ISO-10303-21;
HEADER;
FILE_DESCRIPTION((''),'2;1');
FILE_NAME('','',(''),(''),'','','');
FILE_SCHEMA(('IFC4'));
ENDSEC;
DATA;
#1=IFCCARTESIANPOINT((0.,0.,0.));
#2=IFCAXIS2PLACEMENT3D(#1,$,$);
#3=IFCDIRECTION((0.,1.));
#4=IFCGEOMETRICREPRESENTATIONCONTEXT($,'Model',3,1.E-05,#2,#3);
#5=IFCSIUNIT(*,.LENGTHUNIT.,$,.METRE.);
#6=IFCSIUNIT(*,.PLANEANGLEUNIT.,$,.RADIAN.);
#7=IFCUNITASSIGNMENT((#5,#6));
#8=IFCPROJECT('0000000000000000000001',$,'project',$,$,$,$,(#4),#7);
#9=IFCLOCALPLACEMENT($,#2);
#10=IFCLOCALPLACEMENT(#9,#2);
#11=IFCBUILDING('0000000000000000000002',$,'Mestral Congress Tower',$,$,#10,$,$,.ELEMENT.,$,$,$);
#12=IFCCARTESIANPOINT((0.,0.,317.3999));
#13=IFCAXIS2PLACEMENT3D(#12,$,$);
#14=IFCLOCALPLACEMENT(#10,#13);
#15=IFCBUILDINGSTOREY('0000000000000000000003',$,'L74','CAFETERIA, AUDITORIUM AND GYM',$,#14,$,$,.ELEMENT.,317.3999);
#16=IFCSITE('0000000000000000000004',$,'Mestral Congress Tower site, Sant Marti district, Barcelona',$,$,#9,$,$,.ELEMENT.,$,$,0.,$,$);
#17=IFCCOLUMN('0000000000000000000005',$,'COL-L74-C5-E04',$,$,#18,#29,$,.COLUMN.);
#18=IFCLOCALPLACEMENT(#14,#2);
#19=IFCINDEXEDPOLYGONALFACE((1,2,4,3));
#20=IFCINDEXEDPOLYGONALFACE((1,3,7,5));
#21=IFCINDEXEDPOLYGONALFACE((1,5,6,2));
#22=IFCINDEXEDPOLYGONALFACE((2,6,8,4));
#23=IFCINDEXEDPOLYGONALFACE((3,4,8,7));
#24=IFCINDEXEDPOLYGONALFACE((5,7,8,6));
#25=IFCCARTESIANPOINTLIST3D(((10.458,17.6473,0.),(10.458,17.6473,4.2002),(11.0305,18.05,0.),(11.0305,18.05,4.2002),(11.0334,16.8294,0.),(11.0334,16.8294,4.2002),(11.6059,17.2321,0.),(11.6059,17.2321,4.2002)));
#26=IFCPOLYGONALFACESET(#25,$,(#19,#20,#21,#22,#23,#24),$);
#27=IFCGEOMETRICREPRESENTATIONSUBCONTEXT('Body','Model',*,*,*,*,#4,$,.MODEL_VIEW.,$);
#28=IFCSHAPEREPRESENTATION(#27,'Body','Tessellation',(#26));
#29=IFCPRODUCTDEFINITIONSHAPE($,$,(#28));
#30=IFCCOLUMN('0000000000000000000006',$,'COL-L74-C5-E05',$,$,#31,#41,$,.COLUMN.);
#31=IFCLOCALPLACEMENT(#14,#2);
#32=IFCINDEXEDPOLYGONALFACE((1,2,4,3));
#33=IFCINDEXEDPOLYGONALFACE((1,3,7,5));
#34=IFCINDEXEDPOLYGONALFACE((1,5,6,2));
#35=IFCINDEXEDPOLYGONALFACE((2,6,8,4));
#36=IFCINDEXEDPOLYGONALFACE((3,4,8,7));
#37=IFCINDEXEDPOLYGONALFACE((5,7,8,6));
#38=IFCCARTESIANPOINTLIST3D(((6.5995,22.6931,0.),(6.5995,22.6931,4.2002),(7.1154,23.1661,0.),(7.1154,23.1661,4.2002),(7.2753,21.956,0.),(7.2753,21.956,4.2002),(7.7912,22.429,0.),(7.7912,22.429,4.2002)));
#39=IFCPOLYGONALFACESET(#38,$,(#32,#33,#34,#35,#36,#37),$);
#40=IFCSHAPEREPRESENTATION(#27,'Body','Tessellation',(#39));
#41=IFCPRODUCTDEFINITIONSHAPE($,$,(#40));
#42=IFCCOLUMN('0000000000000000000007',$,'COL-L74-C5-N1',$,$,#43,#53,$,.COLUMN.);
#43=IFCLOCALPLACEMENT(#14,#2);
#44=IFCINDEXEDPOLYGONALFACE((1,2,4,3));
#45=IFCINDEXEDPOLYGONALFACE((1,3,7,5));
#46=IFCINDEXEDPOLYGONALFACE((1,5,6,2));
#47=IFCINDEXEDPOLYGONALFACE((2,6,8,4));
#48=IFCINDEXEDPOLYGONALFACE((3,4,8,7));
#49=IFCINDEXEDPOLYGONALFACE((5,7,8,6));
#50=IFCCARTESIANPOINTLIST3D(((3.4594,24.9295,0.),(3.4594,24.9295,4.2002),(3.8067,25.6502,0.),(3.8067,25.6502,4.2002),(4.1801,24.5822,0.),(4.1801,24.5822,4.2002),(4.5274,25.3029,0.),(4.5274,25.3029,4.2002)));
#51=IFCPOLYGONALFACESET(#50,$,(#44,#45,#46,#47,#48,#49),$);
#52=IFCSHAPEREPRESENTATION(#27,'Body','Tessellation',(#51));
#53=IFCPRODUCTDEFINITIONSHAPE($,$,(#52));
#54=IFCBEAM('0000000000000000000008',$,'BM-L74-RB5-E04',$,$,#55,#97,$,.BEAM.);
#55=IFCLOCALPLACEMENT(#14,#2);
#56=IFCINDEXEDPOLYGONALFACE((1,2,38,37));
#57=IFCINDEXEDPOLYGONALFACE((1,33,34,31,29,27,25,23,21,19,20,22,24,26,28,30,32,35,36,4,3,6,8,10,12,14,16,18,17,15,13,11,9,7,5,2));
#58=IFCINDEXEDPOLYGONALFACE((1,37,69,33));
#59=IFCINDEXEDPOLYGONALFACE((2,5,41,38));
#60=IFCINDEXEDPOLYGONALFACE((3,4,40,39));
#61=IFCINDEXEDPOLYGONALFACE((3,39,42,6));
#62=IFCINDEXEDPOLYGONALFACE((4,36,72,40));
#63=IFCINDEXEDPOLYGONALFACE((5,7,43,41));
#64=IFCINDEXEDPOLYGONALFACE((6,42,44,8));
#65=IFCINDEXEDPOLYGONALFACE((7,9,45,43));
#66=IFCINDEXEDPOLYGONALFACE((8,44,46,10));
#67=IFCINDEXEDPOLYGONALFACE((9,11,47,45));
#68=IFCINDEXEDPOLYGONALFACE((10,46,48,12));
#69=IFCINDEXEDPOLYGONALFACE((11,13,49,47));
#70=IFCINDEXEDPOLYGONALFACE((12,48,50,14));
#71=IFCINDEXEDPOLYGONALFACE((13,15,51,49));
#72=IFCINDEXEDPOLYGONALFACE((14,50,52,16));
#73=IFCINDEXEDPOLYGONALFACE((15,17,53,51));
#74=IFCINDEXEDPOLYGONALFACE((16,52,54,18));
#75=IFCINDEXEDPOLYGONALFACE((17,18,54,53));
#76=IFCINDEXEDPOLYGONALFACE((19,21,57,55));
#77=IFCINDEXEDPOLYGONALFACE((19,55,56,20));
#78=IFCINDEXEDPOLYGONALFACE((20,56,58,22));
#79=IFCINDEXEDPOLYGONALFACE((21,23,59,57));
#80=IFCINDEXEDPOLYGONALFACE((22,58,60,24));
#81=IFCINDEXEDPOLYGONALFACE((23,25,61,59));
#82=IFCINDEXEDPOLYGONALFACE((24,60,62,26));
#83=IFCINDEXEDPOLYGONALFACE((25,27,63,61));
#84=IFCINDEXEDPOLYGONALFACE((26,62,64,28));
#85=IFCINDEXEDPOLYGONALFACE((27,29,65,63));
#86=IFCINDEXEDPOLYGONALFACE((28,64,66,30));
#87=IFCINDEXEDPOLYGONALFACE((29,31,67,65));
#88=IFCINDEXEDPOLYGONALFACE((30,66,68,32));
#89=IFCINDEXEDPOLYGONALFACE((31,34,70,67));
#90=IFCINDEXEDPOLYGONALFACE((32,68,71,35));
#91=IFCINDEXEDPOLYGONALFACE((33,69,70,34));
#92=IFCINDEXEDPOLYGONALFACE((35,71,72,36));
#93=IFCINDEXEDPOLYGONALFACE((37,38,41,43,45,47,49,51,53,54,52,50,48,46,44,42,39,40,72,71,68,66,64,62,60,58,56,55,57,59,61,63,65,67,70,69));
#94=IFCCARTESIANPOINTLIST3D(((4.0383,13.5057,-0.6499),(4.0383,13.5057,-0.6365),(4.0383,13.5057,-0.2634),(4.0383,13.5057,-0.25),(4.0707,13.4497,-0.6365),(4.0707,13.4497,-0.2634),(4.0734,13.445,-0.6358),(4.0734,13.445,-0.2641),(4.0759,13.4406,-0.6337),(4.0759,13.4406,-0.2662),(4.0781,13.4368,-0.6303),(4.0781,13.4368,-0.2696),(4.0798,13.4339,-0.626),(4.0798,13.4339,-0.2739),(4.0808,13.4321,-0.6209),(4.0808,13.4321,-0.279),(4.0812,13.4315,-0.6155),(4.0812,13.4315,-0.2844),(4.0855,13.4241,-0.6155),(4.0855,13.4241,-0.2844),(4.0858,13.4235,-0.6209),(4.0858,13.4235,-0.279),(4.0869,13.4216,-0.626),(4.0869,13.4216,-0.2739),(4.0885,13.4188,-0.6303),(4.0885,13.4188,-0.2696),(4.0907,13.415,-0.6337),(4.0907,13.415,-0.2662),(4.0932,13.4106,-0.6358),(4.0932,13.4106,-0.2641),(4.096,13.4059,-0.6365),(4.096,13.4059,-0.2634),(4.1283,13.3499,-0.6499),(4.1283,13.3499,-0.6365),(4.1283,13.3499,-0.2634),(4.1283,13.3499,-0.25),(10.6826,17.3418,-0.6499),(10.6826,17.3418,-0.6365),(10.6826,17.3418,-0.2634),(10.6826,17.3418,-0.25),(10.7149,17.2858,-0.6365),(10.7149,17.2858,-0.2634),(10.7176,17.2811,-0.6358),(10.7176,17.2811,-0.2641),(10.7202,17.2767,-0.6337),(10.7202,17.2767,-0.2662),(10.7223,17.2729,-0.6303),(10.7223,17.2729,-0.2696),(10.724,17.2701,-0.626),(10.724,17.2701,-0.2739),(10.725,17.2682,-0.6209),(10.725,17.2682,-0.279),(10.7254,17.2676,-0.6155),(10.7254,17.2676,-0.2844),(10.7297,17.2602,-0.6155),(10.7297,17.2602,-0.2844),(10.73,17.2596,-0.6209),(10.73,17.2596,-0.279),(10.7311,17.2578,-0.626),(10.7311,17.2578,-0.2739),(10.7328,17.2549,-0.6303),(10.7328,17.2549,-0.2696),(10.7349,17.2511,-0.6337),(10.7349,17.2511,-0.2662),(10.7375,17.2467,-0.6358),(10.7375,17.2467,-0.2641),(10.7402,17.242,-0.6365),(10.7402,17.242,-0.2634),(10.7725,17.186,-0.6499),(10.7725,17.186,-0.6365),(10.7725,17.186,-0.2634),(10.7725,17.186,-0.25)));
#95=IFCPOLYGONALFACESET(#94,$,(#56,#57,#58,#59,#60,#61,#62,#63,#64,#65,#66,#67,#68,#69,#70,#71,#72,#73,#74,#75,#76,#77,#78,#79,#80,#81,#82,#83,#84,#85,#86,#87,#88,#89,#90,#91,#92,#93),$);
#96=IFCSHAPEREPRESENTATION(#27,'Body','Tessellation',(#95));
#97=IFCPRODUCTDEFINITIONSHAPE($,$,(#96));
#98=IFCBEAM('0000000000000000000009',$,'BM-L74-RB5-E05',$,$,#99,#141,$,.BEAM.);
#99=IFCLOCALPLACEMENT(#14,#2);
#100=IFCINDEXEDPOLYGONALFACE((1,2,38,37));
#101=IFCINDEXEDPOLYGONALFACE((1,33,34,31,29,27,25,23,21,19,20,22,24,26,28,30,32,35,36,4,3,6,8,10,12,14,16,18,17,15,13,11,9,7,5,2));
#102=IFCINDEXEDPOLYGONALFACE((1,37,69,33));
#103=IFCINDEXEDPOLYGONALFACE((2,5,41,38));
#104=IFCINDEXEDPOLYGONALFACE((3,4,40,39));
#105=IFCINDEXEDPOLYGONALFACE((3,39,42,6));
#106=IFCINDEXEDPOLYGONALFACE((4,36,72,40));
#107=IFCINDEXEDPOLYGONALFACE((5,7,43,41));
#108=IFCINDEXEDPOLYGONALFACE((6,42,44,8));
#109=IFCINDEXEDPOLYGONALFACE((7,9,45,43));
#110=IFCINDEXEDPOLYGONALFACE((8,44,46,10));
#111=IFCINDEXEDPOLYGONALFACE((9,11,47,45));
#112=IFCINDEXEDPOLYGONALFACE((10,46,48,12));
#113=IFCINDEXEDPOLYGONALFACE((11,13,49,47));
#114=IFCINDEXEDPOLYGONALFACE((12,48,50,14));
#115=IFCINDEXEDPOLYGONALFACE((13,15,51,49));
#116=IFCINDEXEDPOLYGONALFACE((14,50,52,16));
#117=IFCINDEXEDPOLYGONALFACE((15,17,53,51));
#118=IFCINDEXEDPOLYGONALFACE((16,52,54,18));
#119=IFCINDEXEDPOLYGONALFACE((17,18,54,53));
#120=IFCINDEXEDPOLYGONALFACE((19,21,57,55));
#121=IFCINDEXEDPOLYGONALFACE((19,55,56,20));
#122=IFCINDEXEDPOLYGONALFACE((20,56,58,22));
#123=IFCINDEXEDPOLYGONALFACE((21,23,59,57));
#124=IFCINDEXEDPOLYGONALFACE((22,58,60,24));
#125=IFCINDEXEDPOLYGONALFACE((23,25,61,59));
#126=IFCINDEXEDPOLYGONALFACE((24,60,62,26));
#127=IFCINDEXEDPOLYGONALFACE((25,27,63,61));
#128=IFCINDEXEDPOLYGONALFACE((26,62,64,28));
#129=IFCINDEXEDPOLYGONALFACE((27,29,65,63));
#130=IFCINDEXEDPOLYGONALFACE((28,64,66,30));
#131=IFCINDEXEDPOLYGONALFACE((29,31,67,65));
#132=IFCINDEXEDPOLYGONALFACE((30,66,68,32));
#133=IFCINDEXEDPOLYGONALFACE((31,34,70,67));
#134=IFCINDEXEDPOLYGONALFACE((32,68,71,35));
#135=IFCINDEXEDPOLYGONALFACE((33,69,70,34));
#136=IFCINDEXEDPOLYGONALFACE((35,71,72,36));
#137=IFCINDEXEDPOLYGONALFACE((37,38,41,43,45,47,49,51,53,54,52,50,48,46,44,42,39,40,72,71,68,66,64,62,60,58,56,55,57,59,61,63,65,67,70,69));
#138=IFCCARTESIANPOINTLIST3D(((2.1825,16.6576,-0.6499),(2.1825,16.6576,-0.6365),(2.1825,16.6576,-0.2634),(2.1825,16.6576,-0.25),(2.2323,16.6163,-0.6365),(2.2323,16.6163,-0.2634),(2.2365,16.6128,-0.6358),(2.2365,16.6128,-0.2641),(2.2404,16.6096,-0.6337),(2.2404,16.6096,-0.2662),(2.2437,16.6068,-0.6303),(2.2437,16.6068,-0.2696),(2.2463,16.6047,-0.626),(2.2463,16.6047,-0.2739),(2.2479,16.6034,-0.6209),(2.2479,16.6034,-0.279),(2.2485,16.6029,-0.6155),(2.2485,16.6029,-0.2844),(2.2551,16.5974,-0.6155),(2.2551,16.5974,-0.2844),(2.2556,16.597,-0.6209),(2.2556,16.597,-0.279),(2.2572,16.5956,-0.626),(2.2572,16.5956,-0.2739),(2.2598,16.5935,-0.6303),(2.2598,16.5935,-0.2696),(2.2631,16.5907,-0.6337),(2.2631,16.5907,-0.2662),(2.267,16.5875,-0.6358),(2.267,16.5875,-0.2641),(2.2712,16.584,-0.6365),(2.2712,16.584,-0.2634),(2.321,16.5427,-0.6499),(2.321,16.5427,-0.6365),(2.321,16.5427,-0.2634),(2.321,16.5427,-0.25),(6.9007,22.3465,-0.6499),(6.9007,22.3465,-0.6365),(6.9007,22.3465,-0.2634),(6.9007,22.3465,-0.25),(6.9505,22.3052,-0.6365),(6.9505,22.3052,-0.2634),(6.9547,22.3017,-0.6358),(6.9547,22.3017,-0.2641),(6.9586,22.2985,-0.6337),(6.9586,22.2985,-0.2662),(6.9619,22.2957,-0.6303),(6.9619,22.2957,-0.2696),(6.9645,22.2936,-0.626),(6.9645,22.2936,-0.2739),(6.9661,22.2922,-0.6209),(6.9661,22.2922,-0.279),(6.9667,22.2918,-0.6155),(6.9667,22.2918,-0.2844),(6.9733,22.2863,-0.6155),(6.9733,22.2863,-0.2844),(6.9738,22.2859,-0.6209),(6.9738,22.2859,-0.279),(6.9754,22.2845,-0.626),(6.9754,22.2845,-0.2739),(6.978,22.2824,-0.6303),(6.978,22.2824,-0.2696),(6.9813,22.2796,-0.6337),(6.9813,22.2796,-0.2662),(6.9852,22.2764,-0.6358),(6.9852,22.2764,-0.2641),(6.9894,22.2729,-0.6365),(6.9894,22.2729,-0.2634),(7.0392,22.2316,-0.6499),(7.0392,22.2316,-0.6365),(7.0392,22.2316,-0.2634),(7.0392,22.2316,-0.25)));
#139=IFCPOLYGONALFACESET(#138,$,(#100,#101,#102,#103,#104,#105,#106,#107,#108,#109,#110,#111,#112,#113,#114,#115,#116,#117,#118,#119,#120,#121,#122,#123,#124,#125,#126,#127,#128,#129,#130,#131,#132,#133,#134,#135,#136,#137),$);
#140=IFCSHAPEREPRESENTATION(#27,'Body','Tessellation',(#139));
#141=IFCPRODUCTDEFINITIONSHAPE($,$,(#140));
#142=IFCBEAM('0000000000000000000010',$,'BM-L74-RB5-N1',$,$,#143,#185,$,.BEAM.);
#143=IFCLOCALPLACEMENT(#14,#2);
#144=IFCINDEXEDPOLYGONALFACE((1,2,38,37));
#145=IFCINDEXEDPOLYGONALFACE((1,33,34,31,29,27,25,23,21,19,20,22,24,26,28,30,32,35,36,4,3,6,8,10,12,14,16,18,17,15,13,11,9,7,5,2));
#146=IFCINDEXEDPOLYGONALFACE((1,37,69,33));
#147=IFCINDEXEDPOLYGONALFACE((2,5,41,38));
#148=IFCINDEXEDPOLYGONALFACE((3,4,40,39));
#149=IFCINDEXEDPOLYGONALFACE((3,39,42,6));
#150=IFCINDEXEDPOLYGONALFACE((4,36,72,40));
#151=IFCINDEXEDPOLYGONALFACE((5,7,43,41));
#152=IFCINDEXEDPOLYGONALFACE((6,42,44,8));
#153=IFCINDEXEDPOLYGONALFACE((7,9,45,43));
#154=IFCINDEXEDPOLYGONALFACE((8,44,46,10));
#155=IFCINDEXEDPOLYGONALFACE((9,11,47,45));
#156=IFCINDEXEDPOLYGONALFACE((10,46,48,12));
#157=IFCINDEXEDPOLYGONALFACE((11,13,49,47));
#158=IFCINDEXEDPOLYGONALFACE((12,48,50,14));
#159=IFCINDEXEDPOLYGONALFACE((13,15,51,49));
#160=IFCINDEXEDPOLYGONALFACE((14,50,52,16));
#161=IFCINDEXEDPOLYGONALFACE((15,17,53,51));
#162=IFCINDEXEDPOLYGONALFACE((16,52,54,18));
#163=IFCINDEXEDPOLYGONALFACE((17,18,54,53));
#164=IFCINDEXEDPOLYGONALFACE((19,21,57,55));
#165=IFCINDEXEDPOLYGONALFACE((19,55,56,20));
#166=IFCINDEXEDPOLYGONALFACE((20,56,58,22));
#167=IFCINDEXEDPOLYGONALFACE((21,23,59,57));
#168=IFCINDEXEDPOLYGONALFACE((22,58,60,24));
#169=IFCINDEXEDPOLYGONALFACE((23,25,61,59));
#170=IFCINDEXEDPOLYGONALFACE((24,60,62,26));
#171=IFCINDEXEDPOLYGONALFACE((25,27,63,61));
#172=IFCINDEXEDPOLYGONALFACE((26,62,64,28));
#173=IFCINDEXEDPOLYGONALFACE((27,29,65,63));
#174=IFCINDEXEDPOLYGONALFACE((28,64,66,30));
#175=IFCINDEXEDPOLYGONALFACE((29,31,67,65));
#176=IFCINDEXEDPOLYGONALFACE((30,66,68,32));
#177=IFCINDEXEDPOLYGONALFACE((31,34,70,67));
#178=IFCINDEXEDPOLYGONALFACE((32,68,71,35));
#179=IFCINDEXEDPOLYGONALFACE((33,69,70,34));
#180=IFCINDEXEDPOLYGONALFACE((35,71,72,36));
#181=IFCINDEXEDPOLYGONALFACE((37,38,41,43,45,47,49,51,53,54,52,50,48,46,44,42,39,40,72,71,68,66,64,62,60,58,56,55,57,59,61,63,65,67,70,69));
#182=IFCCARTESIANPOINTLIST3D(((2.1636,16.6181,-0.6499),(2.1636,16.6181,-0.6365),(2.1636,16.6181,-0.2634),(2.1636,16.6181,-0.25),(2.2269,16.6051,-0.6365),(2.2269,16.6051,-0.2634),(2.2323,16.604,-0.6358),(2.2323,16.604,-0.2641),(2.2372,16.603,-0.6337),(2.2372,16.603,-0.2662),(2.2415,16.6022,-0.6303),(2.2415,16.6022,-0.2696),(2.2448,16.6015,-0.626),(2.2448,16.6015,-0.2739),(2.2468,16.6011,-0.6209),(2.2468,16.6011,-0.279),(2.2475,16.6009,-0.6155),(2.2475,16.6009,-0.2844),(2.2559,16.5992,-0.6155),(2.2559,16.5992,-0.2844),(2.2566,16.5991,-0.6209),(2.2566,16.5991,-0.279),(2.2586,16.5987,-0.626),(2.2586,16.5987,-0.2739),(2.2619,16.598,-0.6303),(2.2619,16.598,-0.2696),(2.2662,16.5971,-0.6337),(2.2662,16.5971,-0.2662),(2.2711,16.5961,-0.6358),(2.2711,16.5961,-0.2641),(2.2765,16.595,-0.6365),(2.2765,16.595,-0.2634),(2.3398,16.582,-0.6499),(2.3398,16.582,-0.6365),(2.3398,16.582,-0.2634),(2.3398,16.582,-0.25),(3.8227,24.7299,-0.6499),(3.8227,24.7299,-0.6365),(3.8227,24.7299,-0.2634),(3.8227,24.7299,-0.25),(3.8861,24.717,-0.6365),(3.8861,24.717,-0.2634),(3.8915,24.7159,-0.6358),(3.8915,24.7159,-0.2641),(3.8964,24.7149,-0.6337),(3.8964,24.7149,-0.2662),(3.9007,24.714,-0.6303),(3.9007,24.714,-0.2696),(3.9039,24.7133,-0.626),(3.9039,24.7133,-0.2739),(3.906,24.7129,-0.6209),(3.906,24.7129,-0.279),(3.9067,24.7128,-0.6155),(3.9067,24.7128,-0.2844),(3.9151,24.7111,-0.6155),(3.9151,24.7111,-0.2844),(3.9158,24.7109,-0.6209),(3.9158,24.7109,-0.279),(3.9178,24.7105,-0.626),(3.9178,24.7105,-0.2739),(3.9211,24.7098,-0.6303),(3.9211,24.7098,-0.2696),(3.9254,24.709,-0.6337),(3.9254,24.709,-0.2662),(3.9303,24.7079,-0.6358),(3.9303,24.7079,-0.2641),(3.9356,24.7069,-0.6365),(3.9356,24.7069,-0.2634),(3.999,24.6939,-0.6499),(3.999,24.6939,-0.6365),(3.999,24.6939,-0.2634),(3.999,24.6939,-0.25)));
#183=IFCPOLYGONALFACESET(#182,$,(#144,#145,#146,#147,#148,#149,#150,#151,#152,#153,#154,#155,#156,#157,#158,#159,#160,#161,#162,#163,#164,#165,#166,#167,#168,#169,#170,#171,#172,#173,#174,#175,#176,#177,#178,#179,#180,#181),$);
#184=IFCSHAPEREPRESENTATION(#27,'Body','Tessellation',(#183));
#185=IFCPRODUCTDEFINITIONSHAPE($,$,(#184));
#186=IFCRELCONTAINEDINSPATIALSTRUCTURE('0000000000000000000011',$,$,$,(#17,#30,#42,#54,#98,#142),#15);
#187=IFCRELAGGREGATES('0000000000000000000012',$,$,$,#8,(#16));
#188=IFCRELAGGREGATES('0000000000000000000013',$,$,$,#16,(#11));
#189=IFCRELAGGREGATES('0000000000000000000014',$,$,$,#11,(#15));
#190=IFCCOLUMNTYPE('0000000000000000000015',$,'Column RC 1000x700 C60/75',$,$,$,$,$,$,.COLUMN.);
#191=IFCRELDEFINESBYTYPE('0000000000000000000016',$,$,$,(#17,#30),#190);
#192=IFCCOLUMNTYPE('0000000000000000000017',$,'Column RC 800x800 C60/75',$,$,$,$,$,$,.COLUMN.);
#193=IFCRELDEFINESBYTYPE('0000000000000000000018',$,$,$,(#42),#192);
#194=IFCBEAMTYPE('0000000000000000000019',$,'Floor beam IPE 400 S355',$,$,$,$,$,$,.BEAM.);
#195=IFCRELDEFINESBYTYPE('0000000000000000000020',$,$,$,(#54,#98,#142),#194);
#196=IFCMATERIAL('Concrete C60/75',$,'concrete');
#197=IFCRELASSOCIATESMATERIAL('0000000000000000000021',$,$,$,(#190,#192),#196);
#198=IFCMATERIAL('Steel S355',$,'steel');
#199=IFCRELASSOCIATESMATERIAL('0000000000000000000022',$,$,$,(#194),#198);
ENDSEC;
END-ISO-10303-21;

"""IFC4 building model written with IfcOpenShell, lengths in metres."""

from ifc_helpers import new_model, si_unit, direction, frame, origin, origin_2d, place, context, subcontext, project, spatial, rectangle, i_section, extrude, material, material_profile, profile_set, type_object, element, save


model = new_model("IFC4")

# Units and contexts
model_context = context("Model", 3, precision=1e-05, world=origin(), true_north=direction((0.0, 1.0)))
body_context = subcontext(model_context, "Body", "Model", "MODEL_VIEW")
ifc_project = project(units=[si_unit("LENGTHUNIT", "METRE"), si_unit("PLANEANGLEUNIT", "RADIAN")], contexts=[model_context])

# Site, building, storey
site_placement = place(None, origin())
site = spatial("IfcSite", under=ifc_project, at=site_placement, Name="Mestral Congress Tower site, Sant Marti district, Barcelona", CompositionType="ELEMENT", RefElevation=0.0)
building_placement = place(site_placement, origin())
building = spatial("IfcBuilding", under=site, at=building_placement, Name="Mestral Congress Tower", CompositionType="ELEMENT")
storey_placement = place(building_placement, frame((0.0, 0.0, 317.3999)))
storey = spatial("IfcBuildingStorey", under=building, at=storey_placement, Name="L74", Description="CAFETERIA, AUDITORIUM AND GYM", CompositionType="ELEMENT", Elevation=317.3999)

# Columns
ifc_material_1 = material(Name="Concrete C60/75", Category="concrete")
ifc_material_profile_1 = material_profile(ifc_material_1, rectangle(XDim=1.0, YDim=0.7, at=origin_2d()), Name="RC 1000x700")
ifc_profile_set_1 = profile_set([ifc_material_profile_1], Name="Concrete C60/75")
column_type_1 = type_object("IfcColumnType", Name="Column RC 1000x700 C60/75", PredefinedType="COLUMN", material=ifc_profile_set_1)
for number, where, z_axis, x_axis, name in (
    (1, (11.032, 17.4397, 0.0), (0.0, 0.0, 1.0), (-0.575402, 0.817871, 0.0), "COL-L74-C5-E04"),
    (2, (7.1953, 22.561, 0.0), (0.0, 0.0, 1.0), (-0.675803, 0.737083, 0.0), "COL-L74-C5-E05"),
):
    element("IfcColumn", number, at=place(storey_placement, frame(where, z_axis=z_axis, x_axis=x_axis)), inside=storey, type_object=column_type_1, Name=name, PredefinedType="COLUMN", context=body_context, shape_type="SweptSolid", body=[
        extrude(rectangle(XDim=1.0, YDim=0.7, at=origin_2d()), origin(), (0.0, 0.0, 1.0), 4.2002),
    ])
ifc_material_profile_2 = material_profile(ifc_material_1, rectangle(XDim=0.8, YDim=0.8, at=origin_2d()), Name="RC 800x800")
ifc_profile_set_2 = profile_set([ifc_material_profile_2], Name="Concrete C60/75")
column_type_2 = type_object("IfcColumnType", Name="Column RC 800x800 C60/75", PredefinedType="COLUMN", material=ifc_profile_set_2)
column_placement = place(storey_placement, frame((3.9934, 25.1162, 0.0), z_axis=(0.0, 0.0, 1.0), x_axis=(-0.900873, 0.434082, 0.0)))
element("IfcColumn", 3, at=column_placement, inside=storey, type_object=column_type_2, Name="COL-L74-C5-N1", PredefinedType="COLUMN", context=body_context, shape_type="SweptSolid", body=[
    extrude(rectangle(XDim=0.8, YDim=0.8, at=origin_2d()), origin(), (0.0, 0.0, 1.0), 4.2002),
])

# Beams
ifc_material_2 = material(Name="Steel S355", Category="steel")
ifc_material_profile_3 = material_profile(ifc_material_2, i_section(OverallWidth=0.1799, OverallDepth=0.3999, WebThickness=0.0085, FlangeThickness=0.0134, FilletRadius=0.021, at=origin_2d()), Name="IPE 400")
ifc_profile_set_3 = profile_set([ifc_material_profile_3], Name="Steel S355")
beam_type_1 = type_object("IfcBeamType", Name="Floor beam IPE 400 S355", PredefinedType="BEAM", material=ifc_profile_set_3)
beam_1_placement = place(storey_placement, frame((10.7275, 17.2639, -0.45), z_axis=(-0.86602, -0.50001, 0.0), x_axis=(0.50001, -0.86602, 0.0)))
element("IfcBeam", 4, at=beam_1_placement, inside=storey, type_object=beam_type_1, Name="BM-L74-RB5-E04", PredefinedType="BEAM", context=body_context, shape_type="SweptSolid", body=[
    extrude(i_section(OverallWidth=0.1799, OverallDepth=0.3999, WebThickness=0.0085, FlangeThickness=0.0134, FilletRadius=0.021, at=origin_2d()), origin(), (0.0, 0.0, 1.0), 7.6721),
])
beam_2_placement = place(storey_placement, frame((6.97, 22.2891, -0.45), z_axis=(-0.638383, -0.769719, 0.0), x_axis=(0.769719, -0.638383, 0.0)))
element("IfcBeam", 5, at=beam_2_placement, inside=storey, type_object=beam_type_1, Name="BM-L74-RB5-E05", PredefinedType="BEAM", context=body_context, shape_type="SweptSolid", body=[
    extrude(i_section(OverallWidth=0.1799, OverallDepth=0.3999, WebThickness=0.0085, FlangeThickness=0.0134, FilletRadius=0.021, at=origin_2d()), origin(), (0.0, 0.0, 1.0), 7.3909),
])
beam_3_placement = place(storey_placement, frame((3.9109, 24.7119, -0.45), z_axis=(-0.20039, -0.979716, 0.0), x_axis=(0.979716, -0.20039, 0.0)))
element("IfcBeam", 6, at=beam_3_placement, inside=storey, type_object=beam_type_1, Name="BM-L74-RB5-N1", PredefinedType="BEAM", context=body_context, shape_type="SweptSolid", body=[
    extrude(i_section(OverallWidth=0.1799, OverallDepth=0.3999, WebThickness=0.0085, FlangeThickness=0.0134, FilletRadius=0.021, at=origin_2d()), origin(), (0.0, 0.0, 1.0), 8.2798),
])

save(model, "model.ifc")
